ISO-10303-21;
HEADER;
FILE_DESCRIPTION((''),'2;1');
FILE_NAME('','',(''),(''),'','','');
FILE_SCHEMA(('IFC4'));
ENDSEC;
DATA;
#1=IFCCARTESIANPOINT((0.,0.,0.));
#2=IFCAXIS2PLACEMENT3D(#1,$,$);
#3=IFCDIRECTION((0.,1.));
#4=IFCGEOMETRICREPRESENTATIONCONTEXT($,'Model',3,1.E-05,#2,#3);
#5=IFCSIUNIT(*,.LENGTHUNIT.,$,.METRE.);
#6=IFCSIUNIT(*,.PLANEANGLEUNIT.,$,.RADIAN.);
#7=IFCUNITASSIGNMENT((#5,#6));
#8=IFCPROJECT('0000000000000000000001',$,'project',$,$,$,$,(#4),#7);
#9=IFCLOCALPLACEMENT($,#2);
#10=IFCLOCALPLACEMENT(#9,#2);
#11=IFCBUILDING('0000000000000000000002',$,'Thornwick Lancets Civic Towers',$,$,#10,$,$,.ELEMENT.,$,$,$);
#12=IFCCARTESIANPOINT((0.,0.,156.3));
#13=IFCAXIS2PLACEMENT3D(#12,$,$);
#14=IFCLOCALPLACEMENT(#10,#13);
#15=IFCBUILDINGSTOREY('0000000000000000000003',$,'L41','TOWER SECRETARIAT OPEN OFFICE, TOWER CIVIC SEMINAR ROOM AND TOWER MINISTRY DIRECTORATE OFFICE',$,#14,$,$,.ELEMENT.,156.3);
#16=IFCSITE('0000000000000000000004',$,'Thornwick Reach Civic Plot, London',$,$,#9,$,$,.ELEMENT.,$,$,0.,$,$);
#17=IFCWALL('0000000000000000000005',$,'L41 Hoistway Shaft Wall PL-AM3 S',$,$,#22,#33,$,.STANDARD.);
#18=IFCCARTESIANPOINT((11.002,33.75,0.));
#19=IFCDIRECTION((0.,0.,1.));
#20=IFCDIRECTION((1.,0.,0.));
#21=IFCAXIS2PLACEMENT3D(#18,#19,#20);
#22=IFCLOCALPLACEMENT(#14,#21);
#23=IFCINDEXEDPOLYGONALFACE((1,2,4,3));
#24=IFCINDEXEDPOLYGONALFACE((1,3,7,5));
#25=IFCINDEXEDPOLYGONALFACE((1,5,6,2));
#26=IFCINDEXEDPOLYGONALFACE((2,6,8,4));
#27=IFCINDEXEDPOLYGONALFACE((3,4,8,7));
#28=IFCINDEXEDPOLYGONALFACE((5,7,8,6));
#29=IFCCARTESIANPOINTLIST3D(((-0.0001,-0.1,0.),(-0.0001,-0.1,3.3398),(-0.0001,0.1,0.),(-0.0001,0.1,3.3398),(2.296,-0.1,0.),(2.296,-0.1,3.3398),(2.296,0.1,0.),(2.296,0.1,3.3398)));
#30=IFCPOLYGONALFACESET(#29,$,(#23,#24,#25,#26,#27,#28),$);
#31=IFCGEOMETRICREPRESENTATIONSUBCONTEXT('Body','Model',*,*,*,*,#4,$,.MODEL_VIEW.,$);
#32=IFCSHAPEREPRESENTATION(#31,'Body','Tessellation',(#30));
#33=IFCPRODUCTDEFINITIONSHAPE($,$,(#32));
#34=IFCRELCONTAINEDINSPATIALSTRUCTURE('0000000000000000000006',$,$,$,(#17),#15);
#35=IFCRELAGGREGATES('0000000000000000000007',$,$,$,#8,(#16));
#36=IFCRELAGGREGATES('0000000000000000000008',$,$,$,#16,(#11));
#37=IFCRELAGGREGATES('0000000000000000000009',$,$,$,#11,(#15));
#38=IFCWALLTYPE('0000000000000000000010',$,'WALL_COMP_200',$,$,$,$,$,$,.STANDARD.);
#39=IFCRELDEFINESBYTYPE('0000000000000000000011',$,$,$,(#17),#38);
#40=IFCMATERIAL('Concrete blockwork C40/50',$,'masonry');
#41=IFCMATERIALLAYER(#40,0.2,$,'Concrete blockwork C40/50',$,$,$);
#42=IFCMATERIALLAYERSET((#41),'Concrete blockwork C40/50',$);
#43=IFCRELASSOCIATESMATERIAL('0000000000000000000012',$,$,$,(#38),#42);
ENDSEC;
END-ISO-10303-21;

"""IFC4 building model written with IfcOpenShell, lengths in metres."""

from ifc_helpers import new_model, si_unit, direction, frame, frame_2d, origin, place, context, subcontext, project, spatial, rectangle, extrude, material, layer, layer_set, type_object, element, save


model = new_model("IFC4")

# Units and contexts
model_context = context("Model", 3, precision=1e-05, world=origin(), true_north=direction((0.0, 1.0)))
body_context = subcontext(model_context, "Body", "Model", "MODEL_VIEW")
ifc_project = project(units=[si_unit("LENGTHUNIT", "METRE"), si_unit("PLANEANGLEUNIT", "RADIAN")], contexts=[model_context])

# Site, building, storey
site_placement = place(None, origin())
site = spatial("IfcSite", under=ifc_project, at=site_placement, Name="Thornwick Reach Civic Plot, London", CompositionType="ELEMENT", RefElevation=0.0)
building_placement = place(site_placement, origin())
building = spatial("IfcBuilding", under=site, at=building_placement, Name="Thornwick Lancets Civic Towers", CompositionType="ELEMENT")
storey_placement = place(building_placement, frame((0.0, 0.0, 156.3)))
storey = spatial("IfcBuildingStorey", under=building, at=storey_placement, Name="L41", Description="TOWER SECRETARIAT OPEN OFFICE, TOWER CIVIC SEMINAR ROOM AND TOWER MINISTRY DIRECTORATE OFFICE", CompositionType="ELEMENT", Elevation=156.3)

# Shared definitions
ifc_material_1 = material(Name="Concrete blockwork C40/50", Category="masonry")
ifc_layer_1 = layer(ifc_material_1, 0.2, Name="Concrete blockwork C40/50")
ifc_layer_set_1 = layer_set([ifc_layer_1], Name="Concrete blockwork C40/50")
wall_type_1 = type_object("IfcWallType", Name="WALL_COMP_200", PredefinedType="STANDARD", material=ifc_layer_set_1)

# Wall
wall_1_placement = place(storey_placement, frame((11.002, 33.75, 0.0), z_axis=(0.0, 0.0, 1.0), x_axis=(1.0, 0.0, 0.0)))
element("IfcWall", 1, at=wall_1_placement, inside=storey, type_object=wall_type_1, Name="L41 Hoistway Shaft Wall PL-AM3 S", PredefinedType="STANDARD", context=body_context, shape_type="SweptSolid", body=[
    extrude(rectangle(XDim=2.2961, YDim=0.2, at=frame_2d((1.1479, 0.0))), origin(), (0.0, 0.0, 1.0), 3.3398),
])

save(model, "model.ifc")
